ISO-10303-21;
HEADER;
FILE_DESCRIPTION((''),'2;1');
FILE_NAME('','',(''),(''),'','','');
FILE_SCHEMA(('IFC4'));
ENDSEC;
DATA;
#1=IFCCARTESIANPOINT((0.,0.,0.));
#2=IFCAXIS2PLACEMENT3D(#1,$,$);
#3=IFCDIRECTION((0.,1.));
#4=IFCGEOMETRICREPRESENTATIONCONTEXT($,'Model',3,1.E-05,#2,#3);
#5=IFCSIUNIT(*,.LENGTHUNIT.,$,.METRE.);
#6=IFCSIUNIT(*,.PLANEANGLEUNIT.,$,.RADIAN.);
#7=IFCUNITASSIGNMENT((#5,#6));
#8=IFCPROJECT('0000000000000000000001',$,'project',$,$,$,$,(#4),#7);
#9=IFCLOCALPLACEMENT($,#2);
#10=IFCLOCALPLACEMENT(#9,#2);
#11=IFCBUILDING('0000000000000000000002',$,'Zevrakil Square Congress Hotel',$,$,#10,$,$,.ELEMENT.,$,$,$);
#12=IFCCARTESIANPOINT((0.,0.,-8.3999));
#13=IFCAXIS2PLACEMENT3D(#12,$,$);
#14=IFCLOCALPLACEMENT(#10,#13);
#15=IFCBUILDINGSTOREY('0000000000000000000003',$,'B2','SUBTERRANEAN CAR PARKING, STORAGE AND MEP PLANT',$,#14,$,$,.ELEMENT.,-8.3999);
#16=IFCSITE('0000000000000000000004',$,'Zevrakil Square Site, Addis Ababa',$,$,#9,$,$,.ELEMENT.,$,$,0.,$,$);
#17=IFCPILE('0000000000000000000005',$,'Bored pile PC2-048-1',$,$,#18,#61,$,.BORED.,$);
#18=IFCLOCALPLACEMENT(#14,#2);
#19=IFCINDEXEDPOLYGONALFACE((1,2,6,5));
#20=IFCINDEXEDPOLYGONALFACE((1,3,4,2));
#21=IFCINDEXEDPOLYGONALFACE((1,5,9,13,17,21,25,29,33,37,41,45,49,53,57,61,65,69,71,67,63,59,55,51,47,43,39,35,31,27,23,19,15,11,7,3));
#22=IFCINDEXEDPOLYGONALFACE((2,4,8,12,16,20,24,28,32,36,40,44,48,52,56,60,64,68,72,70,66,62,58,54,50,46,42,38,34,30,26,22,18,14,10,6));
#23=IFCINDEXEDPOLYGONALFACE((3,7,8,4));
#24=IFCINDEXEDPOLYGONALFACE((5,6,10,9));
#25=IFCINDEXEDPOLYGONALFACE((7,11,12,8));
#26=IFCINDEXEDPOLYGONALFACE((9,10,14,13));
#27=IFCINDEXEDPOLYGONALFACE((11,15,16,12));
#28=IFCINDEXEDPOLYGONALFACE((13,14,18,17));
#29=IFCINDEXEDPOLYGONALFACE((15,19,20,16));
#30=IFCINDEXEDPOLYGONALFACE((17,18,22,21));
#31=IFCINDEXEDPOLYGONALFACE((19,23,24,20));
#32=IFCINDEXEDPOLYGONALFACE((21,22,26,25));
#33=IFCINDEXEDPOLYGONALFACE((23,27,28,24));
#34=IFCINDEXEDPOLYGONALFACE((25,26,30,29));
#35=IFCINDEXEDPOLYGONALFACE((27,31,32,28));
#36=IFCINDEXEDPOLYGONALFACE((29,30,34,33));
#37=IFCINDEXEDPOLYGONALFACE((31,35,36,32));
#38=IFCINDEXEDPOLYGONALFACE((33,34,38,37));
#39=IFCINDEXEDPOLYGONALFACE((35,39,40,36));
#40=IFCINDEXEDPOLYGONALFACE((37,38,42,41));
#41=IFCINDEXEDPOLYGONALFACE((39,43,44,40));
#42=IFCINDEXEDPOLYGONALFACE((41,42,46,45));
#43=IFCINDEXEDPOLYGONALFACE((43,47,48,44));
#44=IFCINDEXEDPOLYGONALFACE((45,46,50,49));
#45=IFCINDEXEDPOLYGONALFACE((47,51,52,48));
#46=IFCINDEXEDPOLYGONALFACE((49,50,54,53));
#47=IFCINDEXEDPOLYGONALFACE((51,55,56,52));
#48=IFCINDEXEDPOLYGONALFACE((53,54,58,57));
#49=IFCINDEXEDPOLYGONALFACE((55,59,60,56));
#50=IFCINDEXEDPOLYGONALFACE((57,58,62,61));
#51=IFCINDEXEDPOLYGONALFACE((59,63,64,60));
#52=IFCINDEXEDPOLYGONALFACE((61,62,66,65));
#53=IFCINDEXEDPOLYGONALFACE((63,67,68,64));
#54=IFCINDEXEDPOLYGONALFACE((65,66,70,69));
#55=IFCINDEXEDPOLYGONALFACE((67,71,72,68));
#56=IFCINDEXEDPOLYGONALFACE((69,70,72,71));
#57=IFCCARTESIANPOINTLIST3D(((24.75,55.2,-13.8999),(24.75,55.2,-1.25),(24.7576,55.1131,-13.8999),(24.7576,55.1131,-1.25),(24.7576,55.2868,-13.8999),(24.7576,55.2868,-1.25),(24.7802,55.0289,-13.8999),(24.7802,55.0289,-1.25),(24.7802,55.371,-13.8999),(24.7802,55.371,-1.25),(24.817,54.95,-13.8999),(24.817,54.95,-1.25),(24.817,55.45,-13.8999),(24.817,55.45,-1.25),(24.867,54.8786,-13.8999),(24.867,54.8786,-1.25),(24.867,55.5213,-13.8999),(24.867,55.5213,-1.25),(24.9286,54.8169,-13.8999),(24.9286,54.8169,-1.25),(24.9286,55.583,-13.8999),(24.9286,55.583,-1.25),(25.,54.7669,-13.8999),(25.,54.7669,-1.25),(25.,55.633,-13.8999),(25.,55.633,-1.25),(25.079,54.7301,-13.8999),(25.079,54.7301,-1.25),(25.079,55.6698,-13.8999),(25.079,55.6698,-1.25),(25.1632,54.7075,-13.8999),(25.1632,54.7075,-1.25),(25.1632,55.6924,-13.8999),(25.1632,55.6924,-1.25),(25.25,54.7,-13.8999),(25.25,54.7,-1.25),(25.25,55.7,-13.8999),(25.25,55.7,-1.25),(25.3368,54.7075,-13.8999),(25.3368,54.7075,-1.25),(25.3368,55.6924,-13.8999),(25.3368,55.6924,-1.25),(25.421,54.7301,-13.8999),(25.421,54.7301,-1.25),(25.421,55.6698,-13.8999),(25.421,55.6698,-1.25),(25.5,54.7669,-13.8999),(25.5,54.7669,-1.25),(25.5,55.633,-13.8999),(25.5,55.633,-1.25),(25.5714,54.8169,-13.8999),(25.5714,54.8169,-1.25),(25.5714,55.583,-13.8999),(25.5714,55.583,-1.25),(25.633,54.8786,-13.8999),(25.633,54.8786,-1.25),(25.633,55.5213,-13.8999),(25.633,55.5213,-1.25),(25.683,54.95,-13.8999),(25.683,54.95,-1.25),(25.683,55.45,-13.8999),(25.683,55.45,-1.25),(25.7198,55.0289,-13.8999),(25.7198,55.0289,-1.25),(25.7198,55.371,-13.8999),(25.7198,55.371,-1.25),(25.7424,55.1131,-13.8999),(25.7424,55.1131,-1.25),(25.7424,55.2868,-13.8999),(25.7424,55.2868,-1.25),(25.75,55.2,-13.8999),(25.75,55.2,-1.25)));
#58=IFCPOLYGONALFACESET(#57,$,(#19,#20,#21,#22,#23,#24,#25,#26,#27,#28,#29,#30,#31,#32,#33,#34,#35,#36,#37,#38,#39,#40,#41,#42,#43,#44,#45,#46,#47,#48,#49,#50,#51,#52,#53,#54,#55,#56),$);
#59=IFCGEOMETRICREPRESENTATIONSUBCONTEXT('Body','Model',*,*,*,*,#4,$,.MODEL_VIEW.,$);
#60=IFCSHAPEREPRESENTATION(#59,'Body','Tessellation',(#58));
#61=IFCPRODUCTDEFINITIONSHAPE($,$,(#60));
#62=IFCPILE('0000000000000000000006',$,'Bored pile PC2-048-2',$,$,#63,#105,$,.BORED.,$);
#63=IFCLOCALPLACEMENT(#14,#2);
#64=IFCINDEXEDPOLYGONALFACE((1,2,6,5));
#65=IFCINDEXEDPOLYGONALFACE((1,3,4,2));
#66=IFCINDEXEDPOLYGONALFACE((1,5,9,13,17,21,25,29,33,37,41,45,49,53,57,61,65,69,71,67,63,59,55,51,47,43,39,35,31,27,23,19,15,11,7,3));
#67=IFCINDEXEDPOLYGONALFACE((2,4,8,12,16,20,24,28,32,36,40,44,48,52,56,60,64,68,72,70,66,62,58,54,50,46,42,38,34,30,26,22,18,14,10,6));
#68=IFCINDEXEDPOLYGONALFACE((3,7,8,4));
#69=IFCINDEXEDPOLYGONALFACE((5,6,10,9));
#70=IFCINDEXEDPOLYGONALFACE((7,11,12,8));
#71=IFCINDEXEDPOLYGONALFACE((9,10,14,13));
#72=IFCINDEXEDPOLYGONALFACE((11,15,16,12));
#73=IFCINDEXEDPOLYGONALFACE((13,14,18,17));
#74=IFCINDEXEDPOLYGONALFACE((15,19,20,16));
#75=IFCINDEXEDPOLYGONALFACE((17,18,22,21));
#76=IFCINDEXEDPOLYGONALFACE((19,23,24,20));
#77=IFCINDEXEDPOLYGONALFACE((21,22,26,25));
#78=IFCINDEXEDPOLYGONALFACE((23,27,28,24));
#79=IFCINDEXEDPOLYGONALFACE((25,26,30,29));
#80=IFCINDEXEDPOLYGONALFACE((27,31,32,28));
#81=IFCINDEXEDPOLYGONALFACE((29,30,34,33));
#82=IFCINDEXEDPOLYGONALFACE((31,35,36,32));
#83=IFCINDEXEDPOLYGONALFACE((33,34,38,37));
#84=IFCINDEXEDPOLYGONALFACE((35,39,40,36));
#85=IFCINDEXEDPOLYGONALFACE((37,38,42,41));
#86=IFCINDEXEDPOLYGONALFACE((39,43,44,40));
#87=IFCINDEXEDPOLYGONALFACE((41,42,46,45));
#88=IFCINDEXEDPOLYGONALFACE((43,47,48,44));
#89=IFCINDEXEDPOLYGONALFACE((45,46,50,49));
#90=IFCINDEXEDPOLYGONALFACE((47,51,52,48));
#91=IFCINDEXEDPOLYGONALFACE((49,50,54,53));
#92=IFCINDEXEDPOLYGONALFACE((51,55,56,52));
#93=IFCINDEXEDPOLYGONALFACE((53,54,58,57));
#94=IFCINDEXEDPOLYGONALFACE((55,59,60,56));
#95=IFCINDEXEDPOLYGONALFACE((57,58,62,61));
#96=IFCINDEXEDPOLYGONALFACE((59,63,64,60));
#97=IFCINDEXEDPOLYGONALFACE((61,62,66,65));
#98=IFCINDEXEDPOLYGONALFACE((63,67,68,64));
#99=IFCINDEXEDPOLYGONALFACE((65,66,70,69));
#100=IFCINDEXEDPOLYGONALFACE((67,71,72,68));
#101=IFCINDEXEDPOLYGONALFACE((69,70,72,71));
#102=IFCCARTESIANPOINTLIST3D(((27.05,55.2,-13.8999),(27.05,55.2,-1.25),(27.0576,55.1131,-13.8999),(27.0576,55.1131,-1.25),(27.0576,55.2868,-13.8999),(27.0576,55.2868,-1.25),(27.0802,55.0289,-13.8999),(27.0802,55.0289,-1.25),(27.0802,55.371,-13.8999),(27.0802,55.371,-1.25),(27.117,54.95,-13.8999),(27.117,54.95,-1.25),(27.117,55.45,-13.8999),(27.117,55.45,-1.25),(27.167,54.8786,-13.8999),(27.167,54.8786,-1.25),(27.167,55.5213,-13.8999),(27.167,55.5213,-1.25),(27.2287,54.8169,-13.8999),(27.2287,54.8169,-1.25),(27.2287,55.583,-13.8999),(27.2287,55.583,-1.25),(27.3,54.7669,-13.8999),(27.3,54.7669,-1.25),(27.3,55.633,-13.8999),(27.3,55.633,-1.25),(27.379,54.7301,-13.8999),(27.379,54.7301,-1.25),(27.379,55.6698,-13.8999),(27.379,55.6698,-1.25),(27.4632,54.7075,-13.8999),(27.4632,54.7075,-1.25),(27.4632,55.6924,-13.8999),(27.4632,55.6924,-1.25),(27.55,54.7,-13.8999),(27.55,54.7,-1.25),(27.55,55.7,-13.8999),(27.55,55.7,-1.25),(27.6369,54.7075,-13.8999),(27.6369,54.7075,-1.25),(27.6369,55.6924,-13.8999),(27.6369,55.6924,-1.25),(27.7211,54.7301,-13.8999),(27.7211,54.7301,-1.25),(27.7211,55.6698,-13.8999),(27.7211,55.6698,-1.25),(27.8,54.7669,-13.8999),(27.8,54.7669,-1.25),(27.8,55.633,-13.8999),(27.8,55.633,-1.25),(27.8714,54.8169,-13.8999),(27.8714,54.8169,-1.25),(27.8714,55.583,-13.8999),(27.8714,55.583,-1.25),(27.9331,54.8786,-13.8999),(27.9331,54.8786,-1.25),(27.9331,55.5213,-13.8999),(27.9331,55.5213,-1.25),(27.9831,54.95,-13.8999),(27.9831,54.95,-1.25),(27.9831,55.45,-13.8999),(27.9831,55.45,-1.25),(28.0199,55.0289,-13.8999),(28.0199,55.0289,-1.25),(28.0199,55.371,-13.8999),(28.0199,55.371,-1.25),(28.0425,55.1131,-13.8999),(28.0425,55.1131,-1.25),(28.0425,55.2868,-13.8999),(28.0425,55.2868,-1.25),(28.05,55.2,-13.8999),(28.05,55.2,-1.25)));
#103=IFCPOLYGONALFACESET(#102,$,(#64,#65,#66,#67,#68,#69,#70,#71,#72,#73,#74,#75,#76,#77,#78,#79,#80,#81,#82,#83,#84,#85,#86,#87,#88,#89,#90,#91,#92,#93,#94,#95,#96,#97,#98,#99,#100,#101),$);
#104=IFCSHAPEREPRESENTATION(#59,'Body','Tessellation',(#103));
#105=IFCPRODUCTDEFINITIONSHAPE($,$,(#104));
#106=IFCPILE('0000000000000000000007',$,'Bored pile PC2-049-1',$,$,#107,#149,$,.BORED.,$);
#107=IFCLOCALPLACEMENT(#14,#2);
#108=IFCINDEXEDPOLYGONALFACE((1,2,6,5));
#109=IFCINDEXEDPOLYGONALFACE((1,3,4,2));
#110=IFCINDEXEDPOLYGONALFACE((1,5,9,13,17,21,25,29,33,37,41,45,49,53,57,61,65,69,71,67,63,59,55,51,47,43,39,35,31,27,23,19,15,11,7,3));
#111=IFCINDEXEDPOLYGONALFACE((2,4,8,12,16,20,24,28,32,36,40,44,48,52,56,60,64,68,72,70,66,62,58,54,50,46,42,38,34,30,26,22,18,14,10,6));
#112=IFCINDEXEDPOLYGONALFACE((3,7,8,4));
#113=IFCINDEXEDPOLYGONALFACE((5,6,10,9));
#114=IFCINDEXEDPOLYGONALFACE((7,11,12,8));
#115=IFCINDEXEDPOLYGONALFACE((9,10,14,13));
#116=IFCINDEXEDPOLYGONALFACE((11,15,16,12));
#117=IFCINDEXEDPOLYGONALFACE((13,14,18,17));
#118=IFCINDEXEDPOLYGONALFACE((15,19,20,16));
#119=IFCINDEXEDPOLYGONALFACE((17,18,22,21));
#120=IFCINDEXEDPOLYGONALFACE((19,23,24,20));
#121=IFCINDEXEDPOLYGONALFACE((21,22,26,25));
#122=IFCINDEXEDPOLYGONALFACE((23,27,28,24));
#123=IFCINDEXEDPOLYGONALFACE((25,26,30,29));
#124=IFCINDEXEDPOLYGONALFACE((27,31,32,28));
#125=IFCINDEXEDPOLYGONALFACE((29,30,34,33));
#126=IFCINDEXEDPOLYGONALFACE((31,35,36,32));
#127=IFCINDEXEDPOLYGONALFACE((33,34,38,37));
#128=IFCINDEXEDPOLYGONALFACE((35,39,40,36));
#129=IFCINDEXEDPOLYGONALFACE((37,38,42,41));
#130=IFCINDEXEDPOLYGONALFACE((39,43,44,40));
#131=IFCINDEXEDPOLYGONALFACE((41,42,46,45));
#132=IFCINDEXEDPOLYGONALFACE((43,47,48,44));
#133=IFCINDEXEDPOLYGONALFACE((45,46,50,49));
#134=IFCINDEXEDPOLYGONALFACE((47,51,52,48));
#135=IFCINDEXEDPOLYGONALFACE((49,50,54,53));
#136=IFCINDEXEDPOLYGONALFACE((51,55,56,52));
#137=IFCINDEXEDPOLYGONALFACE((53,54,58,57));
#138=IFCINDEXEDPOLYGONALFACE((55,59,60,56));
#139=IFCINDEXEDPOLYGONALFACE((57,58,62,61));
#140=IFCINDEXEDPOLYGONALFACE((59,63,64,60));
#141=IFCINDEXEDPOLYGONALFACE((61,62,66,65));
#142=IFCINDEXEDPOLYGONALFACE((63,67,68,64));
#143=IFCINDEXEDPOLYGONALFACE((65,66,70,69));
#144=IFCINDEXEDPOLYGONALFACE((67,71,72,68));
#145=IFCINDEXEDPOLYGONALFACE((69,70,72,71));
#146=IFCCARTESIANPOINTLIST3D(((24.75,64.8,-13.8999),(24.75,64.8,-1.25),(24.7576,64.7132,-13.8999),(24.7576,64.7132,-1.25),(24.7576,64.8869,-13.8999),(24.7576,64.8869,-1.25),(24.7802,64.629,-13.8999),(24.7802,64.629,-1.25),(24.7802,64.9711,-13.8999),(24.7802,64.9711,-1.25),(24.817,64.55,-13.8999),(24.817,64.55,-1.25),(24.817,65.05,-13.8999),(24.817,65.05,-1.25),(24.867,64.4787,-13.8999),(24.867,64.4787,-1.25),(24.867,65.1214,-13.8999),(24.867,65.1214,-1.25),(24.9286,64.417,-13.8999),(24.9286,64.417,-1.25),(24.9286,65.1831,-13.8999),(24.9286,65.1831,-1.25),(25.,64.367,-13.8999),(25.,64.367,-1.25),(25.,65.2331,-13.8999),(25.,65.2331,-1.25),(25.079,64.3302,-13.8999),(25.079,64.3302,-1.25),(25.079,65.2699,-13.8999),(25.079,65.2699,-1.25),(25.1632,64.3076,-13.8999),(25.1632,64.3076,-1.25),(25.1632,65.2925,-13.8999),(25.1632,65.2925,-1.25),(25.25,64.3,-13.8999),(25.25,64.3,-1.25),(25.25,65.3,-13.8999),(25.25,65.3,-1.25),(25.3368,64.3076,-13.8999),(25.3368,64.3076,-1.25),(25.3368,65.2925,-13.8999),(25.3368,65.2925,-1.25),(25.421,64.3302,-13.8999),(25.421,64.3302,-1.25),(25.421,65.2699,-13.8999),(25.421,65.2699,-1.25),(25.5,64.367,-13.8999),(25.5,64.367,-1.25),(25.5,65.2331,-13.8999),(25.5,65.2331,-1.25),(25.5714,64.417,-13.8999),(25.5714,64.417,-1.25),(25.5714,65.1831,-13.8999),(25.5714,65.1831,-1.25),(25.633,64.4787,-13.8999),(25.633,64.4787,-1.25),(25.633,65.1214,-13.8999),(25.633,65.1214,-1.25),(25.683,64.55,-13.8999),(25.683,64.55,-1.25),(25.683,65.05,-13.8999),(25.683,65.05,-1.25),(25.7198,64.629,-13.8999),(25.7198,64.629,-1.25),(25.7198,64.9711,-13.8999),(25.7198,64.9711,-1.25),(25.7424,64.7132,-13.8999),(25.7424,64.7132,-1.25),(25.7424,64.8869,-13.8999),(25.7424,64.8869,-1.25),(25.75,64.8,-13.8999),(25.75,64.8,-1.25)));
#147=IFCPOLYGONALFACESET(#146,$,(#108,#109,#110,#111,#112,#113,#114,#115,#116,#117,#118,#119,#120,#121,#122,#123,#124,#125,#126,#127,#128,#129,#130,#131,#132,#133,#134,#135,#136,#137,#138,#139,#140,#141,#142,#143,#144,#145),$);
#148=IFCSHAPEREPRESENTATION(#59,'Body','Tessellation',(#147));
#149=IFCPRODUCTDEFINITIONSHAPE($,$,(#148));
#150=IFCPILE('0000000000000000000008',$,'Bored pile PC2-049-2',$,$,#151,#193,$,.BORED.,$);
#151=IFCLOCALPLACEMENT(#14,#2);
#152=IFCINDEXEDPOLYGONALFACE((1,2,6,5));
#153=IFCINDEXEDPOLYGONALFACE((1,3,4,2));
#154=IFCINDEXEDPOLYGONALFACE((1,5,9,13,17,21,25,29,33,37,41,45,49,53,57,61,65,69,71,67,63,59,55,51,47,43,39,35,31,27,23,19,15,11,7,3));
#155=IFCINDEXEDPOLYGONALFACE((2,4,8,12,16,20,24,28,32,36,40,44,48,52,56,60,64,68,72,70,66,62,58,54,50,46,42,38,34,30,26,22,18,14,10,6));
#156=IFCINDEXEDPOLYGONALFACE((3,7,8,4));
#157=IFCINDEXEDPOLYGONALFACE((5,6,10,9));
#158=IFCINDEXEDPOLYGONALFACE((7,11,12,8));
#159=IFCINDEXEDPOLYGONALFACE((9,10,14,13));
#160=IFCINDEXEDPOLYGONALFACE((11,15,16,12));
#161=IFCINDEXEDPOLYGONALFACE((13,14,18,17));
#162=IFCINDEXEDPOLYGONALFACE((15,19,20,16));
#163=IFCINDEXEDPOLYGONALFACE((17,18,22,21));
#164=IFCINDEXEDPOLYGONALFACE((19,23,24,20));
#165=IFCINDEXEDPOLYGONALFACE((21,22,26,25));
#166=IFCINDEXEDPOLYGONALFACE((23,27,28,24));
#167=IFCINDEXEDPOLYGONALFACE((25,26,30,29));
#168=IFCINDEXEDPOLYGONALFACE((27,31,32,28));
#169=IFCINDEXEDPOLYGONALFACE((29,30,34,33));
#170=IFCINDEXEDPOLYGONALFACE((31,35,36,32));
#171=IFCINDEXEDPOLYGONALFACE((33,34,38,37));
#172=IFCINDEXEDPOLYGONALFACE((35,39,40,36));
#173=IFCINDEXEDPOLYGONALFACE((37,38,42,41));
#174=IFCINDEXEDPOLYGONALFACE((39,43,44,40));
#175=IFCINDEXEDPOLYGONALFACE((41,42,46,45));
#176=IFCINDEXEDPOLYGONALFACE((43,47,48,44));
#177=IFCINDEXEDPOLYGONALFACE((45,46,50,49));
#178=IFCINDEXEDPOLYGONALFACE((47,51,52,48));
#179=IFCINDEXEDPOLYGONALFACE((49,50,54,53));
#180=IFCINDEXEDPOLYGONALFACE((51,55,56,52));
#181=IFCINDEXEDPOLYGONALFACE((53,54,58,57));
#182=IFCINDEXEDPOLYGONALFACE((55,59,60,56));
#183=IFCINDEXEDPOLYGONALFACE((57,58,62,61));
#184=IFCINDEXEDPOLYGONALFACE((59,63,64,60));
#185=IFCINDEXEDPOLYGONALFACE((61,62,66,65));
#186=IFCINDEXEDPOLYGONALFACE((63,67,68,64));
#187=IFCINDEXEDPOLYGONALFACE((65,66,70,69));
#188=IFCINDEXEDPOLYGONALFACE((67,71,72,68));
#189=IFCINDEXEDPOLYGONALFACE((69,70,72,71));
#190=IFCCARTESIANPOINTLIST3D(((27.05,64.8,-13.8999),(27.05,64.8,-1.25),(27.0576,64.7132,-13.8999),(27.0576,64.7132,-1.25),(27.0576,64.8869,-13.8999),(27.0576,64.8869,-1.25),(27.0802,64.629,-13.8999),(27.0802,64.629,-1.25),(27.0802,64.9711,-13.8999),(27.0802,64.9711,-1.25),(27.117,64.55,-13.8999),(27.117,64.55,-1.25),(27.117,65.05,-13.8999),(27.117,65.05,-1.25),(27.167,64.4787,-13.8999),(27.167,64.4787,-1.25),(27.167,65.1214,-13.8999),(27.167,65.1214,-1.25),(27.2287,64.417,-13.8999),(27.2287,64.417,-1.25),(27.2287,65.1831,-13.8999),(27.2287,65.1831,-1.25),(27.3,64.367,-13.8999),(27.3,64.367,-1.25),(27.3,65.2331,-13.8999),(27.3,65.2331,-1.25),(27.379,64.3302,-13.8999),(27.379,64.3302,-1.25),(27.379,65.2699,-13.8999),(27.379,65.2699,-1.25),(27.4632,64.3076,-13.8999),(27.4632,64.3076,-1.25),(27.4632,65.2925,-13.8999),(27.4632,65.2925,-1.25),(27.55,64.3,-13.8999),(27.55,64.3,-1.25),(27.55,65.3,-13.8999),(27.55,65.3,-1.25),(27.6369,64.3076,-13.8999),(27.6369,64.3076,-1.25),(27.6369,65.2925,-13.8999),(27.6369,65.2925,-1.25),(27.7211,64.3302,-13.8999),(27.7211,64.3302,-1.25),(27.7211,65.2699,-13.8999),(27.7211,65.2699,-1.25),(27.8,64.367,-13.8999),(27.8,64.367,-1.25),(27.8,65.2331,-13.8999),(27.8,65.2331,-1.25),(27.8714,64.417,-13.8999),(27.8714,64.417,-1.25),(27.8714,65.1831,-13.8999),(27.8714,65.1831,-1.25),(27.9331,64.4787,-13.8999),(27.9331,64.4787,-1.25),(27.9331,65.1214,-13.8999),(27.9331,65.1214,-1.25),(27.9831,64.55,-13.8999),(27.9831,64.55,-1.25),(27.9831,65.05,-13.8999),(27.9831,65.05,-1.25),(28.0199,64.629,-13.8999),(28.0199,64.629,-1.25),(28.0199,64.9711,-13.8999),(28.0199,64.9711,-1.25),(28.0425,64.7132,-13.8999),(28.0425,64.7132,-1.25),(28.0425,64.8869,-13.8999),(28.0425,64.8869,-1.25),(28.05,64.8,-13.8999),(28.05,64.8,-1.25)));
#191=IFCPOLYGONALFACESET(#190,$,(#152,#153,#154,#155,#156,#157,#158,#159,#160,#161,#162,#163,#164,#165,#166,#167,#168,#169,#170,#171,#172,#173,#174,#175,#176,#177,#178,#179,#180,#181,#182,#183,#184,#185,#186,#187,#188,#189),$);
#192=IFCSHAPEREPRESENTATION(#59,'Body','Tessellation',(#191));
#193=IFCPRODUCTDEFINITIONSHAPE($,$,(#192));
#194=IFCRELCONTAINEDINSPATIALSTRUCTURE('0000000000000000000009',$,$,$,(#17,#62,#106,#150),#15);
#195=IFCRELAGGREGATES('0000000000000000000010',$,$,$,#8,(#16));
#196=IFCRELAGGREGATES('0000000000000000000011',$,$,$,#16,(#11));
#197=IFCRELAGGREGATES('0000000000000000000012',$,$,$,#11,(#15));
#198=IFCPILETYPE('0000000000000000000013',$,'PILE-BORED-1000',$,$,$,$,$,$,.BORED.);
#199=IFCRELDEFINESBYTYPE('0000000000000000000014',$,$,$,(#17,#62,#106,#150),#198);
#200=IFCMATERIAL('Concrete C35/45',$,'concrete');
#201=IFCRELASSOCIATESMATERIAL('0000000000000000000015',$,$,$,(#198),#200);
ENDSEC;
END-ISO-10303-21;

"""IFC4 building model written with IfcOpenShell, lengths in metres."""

from ifc_helpers import new_model, si_unit, direction, frame, origin, origin_2d, place, context, subcontext, project, spatial, circle, extrude, material, material_profile, profile_set, type_object, element, save


model = new_model("IFC4")

# Units and contexts
model_context = context("Model", 3, precision=1e-05, world=origin(), true_north=direction((0.0, 1.0)))
body_context = subcontext(model_context, "Body", "Model", "MODEL_VIEW")
ifc_project = project(units=[si_unit("LENGTHUNIT", "METRE"), si_unit("PLANEANGLEUNIT", "RADIAN")], contexts=[model_context])

# Site, building, storey
site_placement = place(None, origin())
site = spatial("IfcSite", under=ifc_project, at=site_placement, Name="Zevrakil Square Site, Addis Ababa", CompositionType="ELEMENT", RefElevation=0.0)
building_placement = place(site_placement, origin())
building = spatial("IfcBuilding", under=site, at=building_placement, Name="Zevrakil Square Congress Hotel", CompositionType="ELEMENT")
storey_placement = place(building_placement, frame((0.0, 0.0, -8.3999)))
storey = spatial("IfcBuildingStorey", under=building, at=storey_placement, Name="B2", Description="SUBTERRANEAN CAR PARKING, STORAGE AND MEP PLANT", CompositionType="ELEMENT", Elevation=-8.3999)

# Piles
ifc_material_1 = material(Name="Concrete C35/45", Category="concrete")
ifc_material_profile_1 = material_profile(ifc_material_1, circle(Radius=0.5, at=origin_2d()), Name="PILE D1000")
ifc_profile_set_1 = profile_set([ifc_material_profile_1], Name="Concrete C35/45")
pile_type = type_object("IfcPileType", Name="PILE-BORED-1000", PredefinedType="BORED", material=ifc_profile_set_1)
for number, where, z_axis, x_axis, name in (
    (1, (25.25, 55.2, -1.25), (0.0, 0.0, -1.0), (1.0, 0.0, 0.0), "Bored pile PC2-048-1"),
    (2, (27.55, 55.2, -1.25), (0.0, 0.0, -1.0), (1.0, 0.0, 0.0), "Bored pile PC2-048-2"),
    (3, (25.25, 64.8, -1.25), (0.0, 0.0, -1.0), (1.0, 0.0, 0.0), "Bored pile PC2-049-1"),
    (4, (27.55, 64.8, -1.25), (0.0, 0.0, -1.0), (1.0, 0.0, 0.0), "Bored pile PC2-049-2"),
):
    element("IfcPile", number, at=place(storey_placement, frame(where, z_axis=z_axis, x_axis=x_axis)), inside=storey, type_object=pile_type, Name=name, PredefinedType="BORED", context=body_context, shape_type="SweptSolid", body=[
        extrude(circle(Radius=0.5, at=origin_2d()), origin(), (0.0, 0.0, 1.0), 12.6499),
    ])

save(model, "model.ifc")
